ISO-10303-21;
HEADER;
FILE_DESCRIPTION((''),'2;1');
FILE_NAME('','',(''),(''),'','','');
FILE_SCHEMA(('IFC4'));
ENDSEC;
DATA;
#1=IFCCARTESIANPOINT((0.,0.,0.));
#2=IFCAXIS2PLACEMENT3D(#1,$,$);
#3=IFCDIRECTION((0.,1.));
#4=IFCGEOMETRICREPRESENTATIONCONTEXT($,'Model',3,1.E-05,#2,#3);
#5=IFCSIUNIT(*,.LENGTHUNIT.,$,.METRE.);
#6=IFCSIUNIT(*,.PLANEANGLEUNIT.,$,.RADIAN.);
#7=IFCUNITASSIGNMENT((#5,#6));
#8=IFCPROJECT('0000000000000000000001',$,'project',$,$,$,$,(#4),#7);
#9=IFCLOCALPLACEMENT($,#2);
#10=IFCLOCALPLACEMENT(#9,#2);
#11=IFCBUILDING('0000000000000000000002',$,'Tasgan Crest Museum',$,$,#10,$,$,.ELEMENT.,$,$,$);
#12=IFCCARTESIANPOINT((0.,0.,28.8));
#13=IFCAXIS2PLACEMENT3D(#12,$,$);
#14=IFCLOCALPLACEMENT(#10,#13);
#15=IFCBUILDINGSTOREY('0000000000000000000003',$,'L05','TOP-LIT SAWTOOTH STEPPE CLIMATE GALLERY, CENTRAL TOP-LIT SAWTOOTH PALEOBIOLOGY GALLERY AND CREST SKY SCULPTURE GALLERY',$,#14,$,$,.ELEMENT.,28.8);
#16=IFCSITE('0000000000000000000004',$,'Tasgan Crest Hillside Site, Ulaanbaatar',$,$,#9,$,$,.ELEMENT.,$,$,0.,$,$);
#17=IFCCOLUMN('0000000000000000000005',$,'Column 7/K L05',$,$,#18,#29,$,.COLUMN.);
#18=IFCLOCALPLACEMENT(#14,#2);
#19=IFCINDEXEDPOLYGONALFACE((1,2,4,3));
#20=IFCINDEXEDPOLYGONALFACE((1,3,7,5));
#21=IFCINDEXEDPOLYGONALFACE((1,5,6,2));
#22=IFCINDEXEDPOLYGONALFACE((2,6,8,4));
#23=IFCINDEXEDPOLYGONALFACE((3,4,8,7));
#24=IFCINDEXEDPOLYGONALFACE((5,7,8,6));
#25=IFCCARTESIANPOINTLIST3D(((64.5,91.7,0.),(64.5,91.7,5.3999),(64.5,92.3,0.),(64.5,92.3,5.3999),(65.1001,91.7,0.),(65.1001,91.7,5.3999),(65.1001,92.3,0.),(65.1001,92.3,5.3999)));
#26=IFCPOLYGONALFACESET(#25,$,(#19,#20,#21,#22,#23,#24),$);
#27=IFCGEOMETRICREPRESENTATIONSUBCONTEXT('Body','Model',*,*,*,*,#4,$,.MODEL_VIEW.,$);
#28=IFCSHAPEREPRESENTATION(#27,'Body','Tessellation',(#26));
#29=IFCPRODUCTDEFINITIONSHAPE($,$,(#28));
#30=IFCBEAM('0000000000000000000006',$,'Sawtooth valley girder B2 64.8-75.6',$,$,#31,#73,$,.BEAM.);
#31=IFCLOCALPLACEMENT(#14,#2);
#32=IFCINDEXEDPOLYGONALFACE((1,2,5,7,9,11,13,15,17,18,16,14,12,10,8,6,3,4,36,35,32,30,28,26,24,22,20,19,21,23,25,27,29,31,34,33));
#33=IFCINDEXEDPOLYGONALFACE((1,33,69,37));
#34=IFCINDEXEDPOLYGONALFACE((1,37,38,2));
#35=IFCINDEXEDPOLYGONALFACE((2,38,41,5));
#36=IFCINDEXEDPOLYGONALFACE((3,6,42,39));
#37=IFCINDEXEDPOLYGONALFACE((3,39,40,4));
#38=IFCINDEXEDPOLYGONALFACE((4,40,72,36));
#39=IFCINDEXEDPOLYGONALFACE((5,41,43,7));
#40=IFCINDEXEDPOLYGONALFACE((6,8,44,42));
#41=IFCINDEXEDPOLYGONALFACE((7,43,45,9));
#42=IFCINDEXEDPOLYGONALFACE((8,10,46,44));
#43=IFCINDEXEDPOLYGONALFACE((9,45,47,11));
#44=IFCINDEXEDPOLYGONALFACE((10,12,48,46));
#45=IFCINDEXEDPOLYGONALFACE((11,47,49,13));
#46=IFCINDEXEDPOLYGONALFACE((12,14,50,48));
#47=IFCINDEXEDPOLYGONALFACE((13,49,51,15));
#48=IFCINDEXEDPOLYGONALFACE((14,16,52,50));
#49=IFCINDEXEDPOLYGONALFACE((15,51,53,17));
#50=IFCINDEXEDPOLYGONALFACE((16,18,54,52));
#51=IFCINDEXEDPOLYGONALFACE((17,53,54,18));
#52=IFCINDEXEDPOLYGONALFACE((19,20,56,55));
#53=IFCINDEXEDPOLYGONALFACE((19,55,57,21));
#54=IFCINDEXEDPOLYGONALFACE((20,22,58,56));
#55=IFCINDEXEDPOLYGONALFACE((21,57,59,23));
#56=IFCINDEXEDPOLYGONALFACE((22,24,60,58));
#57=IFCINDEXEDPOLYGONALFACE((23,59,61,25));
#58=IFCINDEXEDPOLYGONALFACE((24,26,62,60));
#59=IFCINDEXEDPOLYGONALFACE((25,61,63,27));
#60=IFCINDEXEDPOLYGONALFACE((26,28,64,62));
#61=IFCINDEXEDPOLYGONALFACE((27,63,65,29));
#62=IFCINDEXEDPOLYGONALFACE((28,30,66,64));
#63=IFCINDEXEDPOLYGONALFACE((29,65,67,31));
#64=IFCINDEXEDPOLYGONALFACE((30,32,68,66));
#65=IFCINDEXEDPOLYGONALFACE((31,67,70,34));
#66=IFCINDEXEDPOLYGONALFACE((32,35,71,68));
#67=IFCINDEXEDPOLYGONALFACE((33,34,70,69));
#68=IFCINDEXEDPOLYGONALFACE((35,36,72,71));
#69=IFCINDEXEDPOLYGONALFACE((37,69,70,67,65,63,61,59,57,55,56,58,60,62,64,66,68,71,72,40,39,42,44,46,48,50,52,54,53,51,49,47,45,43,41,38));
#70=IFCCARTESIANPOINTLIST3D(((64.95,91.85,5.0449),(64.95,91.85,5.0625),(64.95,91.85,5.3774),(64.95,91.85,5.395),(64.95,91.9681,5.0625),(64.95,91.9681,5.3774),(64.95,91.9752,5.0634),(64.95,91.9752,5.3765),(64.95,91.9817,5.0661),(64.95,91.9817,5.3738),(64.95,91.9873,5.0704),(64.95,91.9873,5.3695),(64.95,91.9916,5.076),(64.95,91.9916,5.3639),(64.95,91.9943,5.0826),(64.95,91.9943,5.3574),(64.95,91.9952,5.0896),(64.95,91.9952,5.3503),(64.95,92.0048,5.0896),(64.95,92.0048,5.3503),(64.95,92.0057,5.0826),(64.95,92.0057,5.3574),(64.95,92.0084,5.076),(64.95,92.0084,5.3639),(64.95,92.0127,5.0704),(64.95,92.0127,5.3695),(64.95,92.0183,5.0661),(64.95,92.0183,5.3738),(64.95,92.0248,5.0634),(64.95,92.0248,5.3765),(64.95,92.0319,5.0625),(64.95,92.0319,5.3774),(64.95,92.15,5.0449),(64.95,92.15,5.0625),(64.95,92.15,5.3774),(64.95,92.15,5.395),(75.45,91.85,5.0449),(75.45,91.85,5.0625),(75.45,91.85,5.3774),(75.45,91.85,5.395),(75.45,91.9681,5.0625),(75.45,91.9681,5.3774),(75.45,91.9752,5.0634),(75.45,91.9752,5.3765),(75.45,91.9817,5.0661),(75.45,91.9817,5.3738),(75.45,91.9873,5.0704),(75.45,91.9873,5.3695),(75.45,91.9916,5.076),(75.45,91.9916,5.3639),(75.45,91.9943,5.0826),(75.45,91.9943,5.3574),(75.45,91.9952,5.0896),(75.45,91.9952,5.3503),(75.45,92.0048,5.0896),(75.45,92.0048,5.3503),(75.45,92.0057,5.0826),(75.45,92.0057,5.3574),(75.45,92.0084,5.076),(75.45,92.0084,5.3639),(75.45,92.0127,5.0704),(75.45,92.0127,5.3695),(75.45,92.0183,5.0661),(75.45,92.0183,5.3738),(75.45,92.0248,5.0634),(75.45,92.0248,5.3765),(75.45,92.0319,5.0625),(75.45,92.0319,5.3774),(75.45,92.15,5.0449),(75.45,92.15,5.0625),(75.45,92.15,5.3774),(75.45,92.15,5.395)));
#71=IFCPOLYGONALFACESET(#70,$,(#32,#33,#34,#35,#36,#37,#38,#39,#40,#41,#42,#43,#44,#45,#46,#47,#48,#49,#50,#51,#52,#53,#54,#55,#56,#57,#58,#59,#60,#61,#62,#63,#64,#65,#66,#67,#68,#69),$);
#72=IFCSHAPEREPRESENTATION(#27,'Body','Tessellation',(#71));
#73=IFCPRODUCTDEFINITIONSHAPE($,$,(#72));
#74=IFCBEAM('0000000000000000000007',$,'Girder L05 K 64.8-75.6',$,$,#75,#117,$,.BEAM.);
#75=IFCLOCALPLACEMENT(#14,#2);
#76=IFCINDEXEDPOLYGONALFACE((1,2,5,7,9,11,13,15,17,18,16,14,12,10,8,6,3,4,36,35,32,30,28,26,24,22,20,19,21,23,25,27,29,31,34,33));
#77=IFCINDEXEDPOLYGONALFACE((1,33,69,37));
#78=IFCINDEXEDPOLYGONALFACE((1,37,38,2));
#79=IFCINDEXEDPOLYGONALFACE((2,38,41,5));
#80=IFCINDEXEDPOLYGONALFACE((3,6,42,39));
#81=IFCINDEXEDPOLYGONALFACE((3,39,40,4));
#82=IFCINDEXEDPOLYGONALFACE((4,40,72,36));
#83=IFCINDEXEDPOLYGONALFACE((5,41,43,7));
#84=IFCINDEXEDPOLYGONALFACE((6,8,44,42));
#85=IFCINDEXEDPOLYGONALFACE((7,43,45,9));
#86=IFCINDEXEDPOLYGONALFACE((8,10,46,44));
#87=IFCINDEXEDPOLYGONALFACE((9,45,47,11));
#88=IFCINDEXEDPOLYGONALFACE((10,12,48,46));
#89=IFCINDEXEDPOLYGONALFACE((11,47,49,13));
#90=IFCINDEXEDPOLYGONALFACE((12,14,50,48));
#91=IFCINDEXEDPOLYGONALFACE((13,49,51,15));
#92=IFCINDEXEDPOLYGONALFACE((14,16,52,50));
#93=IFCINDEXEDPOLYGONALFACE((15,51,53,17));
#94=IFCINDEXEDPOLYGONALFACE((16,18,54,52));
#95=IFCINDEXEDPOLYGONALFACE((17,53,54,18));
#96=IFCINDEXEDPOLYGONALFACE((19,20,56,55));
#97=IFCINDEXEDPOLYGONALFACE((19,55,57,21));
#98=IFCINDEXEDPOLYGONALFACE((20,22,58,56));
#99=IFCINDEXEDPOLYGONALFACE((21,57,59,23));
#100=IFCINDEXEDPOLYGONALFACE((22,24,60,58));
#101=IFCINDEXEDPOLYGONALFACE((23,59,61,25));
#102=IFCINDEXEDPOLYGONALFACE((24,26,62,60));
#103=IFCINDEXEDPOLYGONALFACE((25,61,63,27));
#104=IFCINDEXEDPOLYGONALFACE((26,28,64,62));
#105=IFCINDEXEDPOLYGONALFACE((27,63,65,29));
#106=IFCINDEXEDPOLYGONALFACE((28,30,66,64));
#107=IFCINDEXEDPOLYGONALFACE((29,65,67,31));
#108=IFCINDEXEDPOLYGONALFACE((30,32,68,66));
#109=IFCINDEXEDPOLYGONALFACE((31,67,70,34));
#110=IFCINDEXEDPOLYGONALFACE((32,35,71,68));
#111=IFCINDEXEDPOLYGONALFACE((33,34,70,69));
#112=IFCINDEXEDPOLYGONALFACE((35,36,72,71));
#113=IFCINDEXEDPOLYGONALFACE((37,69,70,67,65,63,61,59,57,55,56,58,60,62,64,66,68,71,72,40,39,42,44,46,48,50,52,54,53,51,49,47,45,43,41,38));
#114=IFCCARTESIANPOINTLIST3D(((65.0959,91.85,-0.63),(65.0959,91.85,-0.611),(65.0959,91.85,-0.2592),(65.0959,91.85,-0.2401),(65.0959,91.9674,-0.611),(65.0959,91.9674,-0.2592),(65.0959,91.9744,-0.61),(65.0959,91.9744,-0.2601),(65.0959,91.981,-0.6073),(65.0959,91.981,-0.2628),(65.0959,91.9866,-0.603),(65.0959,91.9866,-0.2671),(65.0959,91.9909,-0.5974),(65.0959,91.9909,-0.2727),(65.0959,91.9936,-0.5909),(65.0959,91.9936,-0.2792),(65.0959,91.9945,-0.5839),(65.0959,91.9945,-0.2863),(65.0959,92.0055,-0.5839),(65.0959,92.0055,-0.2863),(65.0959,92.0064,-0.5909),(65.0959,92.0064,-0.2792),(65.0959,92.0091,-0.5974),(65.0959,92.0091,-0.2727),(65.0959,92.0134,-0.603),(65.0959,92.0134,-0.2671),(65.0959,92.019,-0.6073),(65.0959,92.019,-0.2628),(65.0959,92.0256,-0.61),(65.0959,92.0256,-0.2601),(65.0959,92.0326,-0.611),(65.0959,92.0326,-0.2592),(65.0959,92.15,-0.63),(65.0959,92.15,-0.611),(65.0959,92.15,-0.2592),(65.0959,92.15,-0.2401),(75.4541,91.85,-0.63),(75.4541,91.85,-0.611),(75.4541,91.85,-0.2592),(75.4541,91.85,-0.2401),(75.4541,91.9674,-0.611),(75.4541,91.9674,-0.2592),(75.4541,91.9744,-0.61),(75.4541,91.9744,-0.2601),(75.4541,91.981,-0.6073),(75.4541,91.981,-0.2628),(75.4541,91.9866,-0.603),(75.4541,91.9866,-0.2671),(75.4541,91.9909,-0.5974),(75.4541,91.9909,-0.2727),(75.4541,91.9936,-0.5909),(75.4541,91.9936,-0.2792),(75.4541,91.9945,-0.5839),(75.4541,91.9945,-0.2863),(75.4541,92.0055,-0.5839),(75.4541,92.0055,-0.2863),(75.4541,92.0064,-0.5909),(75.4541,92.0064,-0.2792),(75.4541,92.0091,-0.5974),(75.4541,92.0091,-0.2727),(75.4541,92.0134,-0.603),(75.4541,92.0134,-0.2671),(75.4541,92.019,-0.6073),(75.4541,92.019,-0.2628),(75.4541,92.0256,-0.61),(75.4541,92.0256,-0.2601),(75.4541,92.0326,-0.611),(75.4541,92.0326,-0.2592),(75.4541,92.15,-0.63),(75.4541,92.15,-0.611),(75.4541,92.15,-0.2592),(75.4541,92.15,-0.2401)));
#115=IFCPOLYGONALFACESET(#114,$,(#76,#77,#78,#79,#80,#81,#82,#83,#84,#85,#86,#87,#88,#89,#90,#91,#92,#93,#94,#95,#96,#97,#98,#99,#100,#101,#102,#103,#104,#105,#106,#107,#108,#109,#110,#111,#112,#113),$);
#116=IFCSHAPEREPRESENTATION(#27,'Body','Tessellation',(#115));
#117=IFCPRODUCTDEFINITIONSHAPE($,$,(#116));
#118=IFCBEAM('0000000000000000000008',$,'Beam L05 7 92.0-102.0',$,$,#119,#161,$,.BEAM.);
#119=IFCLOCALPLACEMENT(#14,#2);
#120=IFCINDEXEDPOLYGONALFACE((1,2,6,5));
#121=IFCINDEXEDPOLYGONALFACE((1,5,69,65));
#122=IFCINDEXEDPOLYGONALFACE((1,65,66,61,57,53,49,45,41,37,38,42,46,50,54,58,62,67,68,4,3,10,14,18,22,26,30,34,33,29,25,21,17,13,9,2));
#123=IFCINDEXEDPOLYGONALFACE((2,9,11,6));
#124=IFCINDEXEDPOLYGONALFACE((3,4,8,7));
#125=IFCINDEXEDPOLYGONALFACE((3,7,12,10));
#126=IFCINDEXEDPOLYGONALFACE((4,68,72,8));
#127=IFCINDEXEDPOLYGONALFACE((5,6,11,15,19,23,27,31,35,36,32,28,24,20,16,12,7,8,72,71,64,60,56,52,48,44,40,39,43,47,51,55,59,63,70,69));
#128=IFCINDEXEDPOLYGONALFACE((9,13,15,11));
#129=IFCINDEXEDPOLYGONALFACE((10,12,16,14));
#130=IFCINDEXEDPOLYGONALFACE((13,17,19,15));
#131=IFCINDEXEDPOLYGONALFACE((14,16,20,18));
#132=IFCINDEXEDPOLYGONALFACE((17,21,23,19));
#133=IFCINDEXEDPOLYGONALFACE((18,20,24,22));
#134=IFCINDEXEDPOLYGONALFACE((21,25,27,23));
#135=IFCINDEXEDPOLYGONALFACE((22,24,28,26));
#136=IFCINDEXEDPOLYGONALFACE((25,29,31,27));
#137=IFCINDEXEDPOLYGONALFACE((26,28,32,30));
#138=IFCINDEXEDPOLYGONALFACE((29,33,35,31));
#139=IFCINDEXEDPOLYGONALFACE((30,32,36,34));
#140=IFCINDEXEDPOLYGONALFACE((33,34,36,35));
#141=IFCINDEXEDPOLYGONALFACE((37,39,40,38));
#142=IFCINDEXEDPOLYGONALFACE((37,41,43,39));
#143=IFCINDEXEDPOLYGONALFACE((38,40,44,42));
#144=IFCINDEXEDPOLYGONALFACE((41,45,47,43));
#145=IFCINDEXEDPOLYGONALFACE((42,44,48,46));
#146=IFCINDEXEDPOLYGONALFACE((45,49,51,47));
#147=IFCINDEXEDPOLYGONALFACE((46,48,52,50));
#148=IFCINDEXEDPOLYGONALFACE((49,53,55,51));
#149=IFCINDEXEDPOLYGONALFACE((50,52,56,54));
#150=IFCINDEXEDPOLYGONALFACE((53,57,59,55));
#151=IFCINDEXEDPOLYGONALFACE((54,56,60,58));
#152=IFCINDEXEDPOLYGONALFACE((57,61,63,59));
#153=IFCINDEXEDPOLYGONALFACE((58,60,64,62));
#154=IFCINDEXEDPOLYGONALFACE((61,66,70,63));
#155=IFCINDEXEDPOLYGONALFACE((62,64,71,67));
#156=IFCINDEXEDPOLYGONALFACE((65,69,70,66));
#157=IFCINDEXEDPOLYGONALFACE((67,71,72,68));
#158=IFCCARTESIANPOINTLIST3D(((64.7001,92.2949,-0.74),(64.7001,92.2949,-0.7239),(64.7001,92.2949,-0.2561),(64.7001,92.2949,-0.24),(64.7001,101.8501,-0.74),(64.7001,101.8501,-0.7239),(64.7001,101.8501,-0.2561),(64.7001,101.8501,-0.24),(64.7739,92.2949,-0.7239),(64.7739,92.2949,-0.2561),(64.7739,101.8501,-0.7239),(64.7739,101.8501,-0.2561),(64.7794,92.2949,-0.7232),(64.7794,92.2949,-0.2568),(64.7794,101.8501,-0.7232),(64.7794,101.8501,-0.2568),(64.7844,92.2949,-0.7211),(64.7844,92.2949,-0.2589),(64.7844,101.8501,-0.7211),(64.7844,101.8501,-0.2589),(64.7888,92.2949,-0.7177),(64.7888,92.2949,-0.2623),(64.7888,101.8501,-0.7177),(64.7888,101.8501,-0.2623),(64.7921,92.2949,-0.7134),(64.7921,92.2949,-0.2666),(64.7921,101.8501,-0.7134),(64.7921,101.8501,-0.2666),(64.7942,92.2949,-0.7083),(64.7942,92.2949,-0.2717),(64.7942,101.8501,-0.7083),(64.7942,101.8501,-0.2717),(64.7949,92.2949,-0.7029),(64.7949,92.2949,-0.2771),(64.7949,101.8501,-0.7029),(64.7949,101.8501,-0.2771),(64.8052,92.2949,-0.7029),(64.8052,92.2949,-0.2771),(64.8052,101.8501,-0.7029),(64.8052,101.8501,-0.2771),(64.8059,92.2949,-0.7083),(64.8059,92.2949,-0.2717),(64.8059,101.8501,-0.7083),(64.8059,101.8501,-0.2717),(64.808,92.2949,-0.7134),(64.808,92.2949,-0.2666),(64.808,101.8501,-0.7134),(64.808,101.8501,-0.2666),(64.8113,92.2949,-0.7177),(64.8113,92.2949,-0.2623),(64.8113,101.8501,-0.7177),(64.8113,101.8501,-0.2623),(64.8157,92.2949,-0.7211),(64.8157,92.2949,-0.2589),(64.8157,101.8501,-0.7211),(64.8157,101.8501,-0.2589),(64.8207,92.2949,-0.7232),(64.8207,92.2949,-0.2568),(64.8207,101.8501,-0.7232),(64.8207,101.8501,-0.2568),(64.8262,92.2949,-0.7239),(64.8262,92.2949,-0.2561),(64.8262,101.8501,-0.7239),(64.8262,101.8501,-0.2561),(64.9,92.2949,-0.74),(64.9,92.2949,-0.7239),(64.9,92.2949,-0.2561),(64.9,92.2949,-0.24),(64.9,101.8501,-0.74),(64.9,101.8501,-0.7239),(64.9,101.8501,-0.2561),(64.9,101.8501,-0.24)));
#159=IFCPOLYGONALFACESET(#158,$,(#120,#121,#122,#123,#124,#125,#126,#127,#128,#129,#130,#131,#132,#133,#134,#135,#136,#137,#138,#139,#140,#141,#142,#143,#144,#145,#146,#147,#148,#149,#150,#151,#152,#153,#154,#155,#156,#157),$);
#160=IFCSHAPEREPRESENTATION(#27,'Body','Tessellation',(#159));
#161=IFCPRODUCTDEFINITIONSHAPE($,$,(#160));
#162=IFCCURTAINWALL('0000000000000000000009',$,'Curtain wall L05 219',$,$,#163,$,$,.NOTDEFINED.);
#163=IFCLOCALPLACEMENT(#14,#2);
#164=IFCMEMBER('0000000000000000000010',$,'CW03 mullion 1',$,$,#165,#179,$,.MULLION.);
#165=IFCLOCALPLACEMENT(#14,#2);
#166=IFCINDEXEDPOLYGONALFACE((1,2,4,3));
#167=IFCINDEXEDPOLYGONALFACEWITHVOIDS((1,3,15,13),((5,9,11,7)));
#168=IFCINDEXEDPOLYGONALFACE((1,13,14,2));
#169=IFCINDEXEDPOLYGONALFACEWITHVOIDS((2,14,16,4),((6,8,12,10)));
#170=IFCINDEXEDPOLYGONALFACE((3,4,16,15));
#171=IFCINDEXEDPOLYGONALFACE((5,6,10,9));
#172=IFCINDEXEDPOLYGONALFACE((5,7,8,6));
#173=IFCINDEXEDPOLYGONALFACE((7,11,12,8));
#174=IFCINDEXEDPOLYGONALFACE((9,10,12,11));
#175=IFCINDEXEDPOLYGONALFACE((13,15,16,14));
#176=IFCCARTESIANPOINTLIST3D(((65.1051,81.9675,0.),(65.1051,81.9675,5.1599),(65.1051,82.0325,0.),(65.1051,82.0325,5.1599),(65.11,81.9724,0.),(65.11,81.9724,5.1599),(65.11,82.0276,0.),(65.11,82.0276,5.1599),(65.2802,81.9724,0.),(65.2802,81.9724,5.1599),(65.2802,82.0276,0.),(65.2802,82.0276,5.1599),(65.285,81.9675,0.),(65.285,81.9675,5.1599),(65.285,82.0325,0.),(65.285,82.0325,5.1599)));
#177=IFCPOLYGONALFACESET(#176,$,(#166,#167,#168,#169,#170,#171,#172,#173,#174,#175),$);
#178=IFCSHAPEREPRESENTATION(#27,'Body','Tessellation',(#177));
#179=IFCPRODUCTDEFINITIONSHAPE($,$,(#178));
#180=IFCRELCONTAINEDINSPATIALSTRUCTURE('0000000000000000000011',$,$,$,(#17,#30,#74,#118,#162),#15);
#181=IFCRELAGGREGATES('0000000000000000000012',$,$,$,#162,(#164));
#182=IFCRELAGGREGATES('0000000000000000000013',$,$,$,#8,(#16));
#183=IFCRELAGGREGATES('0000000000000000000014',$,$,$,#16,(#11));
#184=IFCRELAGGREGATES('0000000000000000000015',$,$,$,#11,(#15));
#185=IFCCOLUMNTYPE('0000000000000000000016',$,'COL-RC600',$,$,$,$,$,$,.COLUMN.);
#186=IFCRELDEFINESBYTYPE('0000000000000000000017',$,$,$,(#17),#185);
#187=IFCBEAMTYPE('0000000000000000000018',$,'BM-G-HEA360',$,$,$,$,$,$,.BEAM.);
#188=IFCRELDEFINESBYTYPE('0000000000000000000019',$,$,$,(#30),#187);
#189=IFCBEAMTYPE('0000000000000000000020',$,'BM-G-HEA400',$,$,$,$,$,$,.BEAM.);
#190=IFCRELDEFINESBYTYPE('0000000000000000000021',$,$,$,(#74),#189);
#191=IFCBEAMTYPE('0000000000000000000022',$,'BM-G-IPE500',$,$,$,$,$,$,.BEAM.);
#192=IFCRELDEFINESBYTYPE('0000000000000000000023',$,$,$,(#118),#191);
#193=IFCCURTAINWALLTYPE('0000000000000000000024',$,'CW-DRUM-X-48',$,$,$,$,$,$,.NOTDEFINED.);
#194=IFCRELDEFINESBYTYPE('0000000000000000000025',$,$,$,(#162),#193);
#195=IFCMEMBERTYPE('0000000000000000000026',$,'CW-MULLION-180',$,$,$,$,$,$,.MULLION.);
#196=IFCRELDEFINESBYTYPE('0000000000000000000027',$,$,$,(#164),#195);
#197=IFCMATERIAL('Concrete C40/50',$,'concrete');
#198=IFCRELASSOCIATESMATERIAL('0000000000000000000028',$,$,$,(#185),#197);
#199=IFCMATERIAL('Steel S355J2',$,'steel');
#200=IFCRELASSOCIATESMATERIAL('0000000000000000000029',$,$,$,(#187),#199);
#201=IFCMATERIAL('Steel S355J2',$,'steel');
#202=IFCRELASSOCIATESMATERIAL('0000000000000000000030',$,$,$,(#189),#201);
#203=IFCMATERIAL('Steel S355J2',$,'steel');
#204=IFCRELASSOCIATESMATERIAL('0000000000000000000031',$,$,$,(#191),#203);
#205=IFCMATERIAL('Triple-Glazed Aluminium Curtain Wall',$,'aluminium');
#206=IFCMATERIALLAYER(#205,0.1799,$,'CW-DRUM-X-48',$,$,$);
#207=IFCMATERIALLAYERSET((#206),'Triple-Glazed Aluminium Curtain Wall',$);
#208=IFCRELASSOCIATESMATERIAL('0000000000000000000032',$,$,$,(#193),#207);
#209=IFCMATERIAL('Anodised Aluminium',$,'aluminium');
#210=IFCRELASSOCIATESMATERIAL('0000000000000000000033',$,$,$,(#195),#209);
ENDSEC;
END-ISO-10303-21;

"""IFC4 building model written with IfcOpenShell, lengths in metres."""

from ifc_helpers import new_model, si_unit, direction, frame, origin, origin_2d, place, context, subcontext, project, spatial, rectangle, hollow_rectangle, i_section, extrude, material, layer, layer_set, material_profile, profile_set, type_object, element, aggregate, save


model = new_model("IFC4")

# Units and contexts
model_context = context("Model", 3, precision=1e-05, world=origin(), true_north=direction((0.0, 1.0)))
body_context = subcontext(model_context, "Body", "Model", "MODEL_VIEW")
ifc_project = project(units=[si_unit("LENGTHUNIT", "METRE"), si_unit("PLANEANGLEUNIT", "RADIAN")], contexts=[model_context])

# Site, building, storey
site_placement = place(None, origin())
site = spatial("IfcSite", under=ifc_project, at=site_placement, Name="Tasgan Crest Hillside Site, Ulaanbaatar", CompositionType="ELEMENT", RefElevation=0.0)
building_placement = place(site_placement, origin())
building = spatial("IfcBuilding", under=site, at=building_placement, Name="Tasgan Crest Museum", CompositionType="ELEMENT")
storey_placement = place(building_placement, frame((0.0, 0.0, 28.8)))
storey = spatial("IfcBuildingStorey", under=building, at=storey_placement, Name="L05", Description="TOP-LIT SAWTOOTH STEPPE CLIMATE GALLERY, CENTRAL TOP-LIT SAWTOOTH PALEOBIOLOGY GALLERY AND CREST SKY SCULPTURE GALLERY", CompositionType="ELEMENT", Elevation=28.8)

# Column
ifc_material_1 = material(Name="Concrete C40/50", Category="concrete")
ifc_material_profile_1 = material_profile(ifc_material_1, rectangle(XDim=0.6001, YDim=0.6001, at=origin_2d()), Name="RC 600x600")
ifc_profile_set_1 = profile_set([ifc_material_profile_1], Name="Concrete C40/50")
column_type = type_object("IfcColumnType", Name="COL-RC600", PredefinedType="COLUMN", material=ifc_profile_set_1)
column_placement = place(storey_placement, frame((64.8, 92.0, 0.0), z_axis=(0.0, 0.0, 1.0), x_axis=(1.0, 0.0, 0.0)))
element("IfcColumn", 1, at=column_placement, inside=storey, type_object=column_type, Name="Column 7/K L05", PredefinedType="COLUMN", context=body_context, shape_type="SweptSolid", body=[
    extrude(rectangle(XDim=0.6001, YDim=0.6001, at=origin_2d()), origin(), (0.0, 0.0, 1.0), 5.3999),
])

# Beams
ifc_material_2 = material(Name="Steel S355J2", Category="steel")
ifc_material_profile_2 = material_profile(ifc_material_2, i_section(OverallWidth=0.3, OverallDepth=0.3501, WebThickness=0.0095, FlangeThickness=0.0176, FilletRadius=0.0271, at=origin_2d()), Name="HEA 360")
ifc_profile_set_2 = profile_set([ifc_material_profile_2], Name="Steel S355J2")
beam_type_1 = type_object("IfcBeamType", Name="BM-G-HEA360", PredefinedType="BEAM", material=ifc_profile_set_2)
beam_1_placement = place(storey_placement, frame((64.95, 92.0, 5.22), z_axis=(1.0, 0.0, 0.0), x_axis=(0.0, 1.0, 0.0)))
element("IfcBeam", 2, at=beam_1_placement, inside=storey, type_object=beam_type_1, Name="Sawtooth valley girder B2 64.8-75.6", PredefinedType="BEAM", context=body_context, shape_type="SweptSolid", body=[
    extrude(i_section(OverallWidth=0.3, OverallDepth=0.3501, WebThickness=0.0095, FlangeThickness=0.0176, FilletRadius=0.0271, at=origin_2d()), origin(), (0.0, 0.0, 1.0), 10.5),
])
ifc_material_3 = material(Name="Steel S355J2", Category="steel")
ifc_material_profile_3 = material_profile(ifc_material_3, i_section(OverallWidth=0.3, OverallDepth=0.3899, WebThickness=0.011, FlangeThickness=0.019, FilletRadius=0.0271, at=origin_2d()), Name="HEA 400")
ifc_profile_set_3 = profile_set([ifc_material_profile_3], Name="Steel S355J2")
beam_type_2 = type_object("IfcBeamType", Name="BM-G-HEA400", PredefinedType="BEAM", material=ifc_profile_set_3)
beam_2_placement = place(storey_placement, frame((65.0959, 92.0, -0.4351), z_axis=(1.0, 0.0, 0.0), x_axis=(0.0, 1.0, 0.0)))
element("IfcBeam", 3, at=beam_2_placement, inside=storey, type_object=beam_type_2, Name="Girder L05 K 64.8-75.6", PredefinedType="BEAM", context=body_context, shape_type="SweptSolid", body=[
    extrude(i_section(OverallWidth=0.3, OverallDepth=0.3899, WebThickness=0.011, FlangeThickness=0.019, FilletRadius=0.0271, at=origin_2d()), origin(), (0.0, 0.0, 1.0), 10.3582),
])
ifc_material_4 = material(Name="Steel S355J2", Category="steel")
ifc_material_profile_4 = material_profile(ifc_material_4, i_section(OverallWidth=0.2, OverallDepth=0.5, WebThickness=0.0103, FlangeThickness=0.0161, FilletRadius=0.021, at=origin_2d()), Name="IPE 500")
ifc_profile_set_4 = profile_set([ifc_material_profile_4], Name="Steel S355J2")
beam_type_3 = type_object("IfcBeamType", Name="BM-G-IPE500", PredefinedType="BEAM", material=ifc_profile_set_4)
beam_3_placement = place(storey_placement, frame((64.8, 92.2949, -0.49), z_axis=(0.0, 1.0, 0.0), x_axis=(-1.0, 0.0, 0.0)))
element("IfcBeam", 4, at=beam_3_placement, inside=storey, type_object=beam_type_3, Name="Beam L05 7 92.0-102.0", PredefinedType="BEAM", context=body_context, shape_type="SweptSolid", body=[
    extrude(i_section(OverallWidth=0.2, OverallDepth=0.5, WebThickness=0.0103, FlangeThickness=0.0161, FilletRadius=0.021, at=origin_2d()), origin(), (0.0, 0.0, 1.0), 9.5552),
])

# Curtain wall, member
ifc_material_5 = material(Name="Triple-Glazed Aluminium Curtain Wall", Category="aluminium")
ifc_layer_1 = layer(ifc_material_5, 0.1799, Name="CW-DRUM-X-48")
ifc_layer_set_1 = layer_set([ifc_layer_1], Name="Triple-Glazed Aluminium Curtain Wall")
curtain_wall_type = type_object("IfcCurtainWallType", Name="CW-DRUM-X-48", PredefinedType="NOTDEFINED", material=ifc_layer_set_1)
curtain_wall_placement = place(storey_placement, origin())
curtain_wall = element("IfcCurtainWall", 5, at=curtain_wall_placement, inside=storey, type_object=curtain_wall_type, Name="Curtain wall L05 219", PredefinedType="NOTDEFINED")
ifc_material_6 = material(Name="Anodised Aluminium", Category="aluminium")
ifc_material_profile_5 = material_profile(ifc_material_6, hollow_rectangle(XDim=0.0649, YDim=0.1799, WallThickness=0.0049, at=origin_2d()), Name="ALU MULLION 180x65x5")
ifc_profile_set_5 = profile_set([ifc_material_profile_5], Name="Anodised Aluminium")
member_type_1 = type_object("IfcMemberType", Name="CW-MULLION-180", PredefinedType="MULLION", material=ifc_profile_set_5)
member_1_placement = place(storey_placement, frame((65.1951, 82.0, 0.0), z_axis=(0.0, 0.0, 1.0), x_axis=(0.0, 1.0, 0.0)))
member_1 = element("IfcMember", 6, at=member_1_placement, type_object=member_type_1, Name="CW03 mullion 1", PredefinedType="MULLION", context=body_context, shape_type="SweptSolid", body=[
    extrude(hollow_rectangle(XDim=0.0649, YDim=0.1799, WallThickness=0.0049, at=origin_2d()), origin(), (0.0, 0.0, 1.0), 5.1599),
])

aggregate(curtain_wall, [member_1])

save(model, "model.ifc")
